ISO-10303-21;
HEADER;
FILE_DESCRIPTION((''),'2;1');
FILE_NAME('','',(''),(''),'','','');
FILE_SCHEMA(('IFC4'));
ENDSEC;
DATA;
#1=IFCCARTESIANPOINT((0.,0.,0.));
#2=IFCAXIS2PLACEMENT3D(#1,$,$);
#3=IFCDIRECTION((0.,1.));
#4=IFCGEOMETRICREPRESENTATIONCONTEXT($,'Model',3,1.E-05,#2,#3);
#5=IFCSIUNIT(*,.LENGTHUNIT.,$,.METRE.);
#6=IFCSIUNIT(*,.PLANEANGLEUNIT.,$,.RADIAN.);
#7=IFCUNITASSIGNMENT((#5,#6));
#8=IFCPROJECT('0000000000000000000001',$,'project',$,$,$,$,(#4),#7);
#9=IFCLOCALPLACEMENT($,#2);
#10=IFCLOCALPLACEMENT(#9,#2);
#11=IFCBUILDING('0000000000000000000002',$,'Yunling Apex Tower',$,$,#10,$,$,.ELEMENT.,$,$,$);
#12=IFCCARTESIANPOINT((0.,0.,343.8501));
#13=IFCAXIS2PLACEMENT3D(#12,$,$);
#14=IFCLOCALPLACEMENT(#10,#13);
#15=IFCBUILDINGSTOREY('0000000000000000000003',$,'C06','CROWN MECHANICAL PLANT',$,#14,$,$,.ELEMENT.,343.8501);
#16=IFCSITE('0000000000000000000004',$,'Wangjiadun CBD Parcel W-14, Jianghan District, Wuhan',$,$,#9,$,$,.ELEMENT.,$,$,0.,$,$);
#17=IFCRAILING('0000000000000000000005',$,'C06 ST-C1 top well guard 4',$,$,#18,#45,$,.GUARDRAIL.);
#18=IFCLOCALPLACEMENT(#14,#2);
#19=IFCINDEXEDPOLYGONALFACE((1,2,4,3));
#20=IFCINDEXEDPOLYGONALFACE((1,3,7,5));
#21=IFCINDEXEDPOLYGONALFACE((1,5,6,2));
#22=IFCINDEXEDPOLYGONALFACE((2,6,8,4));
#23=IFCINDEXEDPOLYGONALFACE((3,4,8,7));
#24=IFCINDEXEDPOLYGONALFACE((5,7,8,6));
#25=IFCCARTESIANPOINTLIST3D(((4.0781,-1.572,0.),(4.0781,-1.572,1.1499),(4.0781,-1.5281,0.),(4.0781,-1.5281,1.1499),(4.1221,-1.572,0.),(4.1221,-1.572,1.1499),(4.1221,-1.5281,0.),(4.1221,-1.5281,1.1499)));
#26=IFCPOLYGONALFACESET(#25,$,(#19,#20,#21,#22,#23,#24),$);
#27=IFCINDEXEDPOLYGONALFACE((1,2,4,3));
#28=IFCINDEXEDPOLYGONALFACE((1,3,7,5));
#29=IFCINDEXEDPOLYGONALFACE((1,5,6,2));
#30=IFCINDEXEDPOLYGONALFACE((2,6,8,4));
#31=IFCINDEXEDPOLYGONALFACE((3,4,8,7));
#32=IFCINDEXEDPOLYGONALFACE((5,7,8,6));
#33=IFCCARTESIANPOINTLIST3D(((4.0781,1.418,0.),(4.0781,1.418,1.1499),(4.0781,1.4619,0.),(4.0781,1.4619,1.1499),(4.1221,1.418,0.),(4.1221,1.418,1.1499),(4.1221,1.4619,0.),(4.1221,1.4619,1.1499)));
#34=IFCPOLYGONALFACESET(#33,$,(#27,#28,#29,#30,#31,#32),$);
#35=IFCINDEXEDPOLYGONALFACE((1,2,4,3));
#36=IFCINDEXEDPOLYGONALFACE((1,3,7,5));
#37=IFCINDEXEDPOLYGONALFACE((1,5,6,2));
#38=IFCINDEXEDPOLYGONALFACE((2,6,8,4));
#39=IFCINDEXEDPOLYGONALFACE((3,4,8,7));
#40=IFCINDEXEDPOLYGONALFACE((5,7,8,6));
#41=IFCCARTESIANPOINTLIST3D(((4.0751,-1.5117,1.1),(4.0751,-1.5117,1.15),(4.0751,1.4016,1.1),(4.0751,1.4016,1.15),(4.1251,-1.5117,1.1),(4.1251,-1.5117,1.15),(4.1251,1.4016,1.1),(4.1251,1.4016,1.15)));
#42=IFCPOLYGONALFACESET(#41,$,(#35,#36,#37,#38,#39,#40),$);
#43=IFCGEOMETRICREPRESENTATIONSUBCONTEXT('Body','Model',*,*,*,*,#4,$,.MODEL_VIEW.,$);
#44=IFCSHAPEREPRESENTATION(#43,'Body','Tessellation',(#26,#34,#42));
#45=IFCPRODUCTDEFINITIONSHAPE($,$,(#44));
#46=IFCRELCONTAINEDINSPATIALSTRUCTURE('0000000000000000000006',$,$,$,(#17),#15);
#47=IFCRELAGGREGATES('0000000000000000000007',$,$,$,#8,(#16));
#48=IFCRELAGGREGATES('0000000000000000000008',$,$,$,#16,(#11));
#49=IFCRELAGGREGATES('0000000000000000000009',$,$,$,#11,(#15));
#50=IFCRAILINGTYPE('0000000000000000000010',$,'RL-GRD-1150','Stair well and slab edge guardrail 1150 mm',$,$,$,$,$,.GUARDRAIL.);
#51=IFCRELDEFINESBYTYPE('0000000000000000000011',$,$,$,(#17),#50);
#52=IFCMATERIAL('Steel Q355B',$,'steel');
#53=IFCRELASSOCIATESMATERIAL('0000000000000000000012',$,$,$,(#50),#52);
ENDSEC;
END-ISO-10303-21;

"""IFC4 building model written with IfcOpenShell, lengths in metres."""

from ifc_helpers import new_model, si_unit, direction, frame, origin, origin_2d, place, context, subcontext, project, spatial, rectangle, extrude, material, type_object, element, save


model = new_model("IFC4")

# Units and contexts
model_context = context("Model", 3, precision=1e-05, world=origin(), true_north=direction((0.0, 1.0)))
body_context = subcontext(model_context, "Body", "Model", "MODEL_VIEW")
ifc_project = project(units=[si_unit("LENGTHUNIT", "METRE"), si_unit("PLANEANGLEUNIT", "RADIAN")], contexts=[model_context])

# Site, building, storey
site_placement = place(None, origin())
site = spatial("IfcSite", under=ifc_project, at=site_placement, Name="Wangjiadun CBD Parcel W-14, Jianghan District, Wuhan", CompositionType="ELEMENT", RefElevation=0.0)
building_placement = place(site_placement, origin())
building = spatial("IfcBuilding", under=site, at=building_placement, Name="Yunling Apex Tower", CompositionType="ELEMENT")
storey_placement = place(building_placement, frame((0.0, 0.0, 343.8501)))
storey = spatial("IfcBuildingStorey", under=building, at=storey_placement, Name="C06", Description="CROWN MECHANICAL PLANT", CompositionType="ELEMENT", Elevation=343.8501)

# Shared definitions
ifc_material_1 = material(Name="Steel Q355B", Category="steel")

# Railing
railing_type_1 = type_object("IfcRailingType", Name="RL-GRD-1150", Description="Stair well and slab edge guardrail 1150 mm", PredefinedType="GUARDRAIL", material=ifc_material_1)
railing_1_placement = place(storey_placement, frame((4.1001, -1.55, 0.0)))
element("IfcRailing", 1, at=railing_1_placement, inside=storey, type_object=railing_type_1, Name="C06 ST-C1 top well guard 4", PredefinedType="GUARDRAIL", context=body_context, shape_type="SweptSolid", body=[
    extrude(rectangle(XDim=0.0439, YDim=0.0439, at=origin_2d()), origin(), (0.0, 0.0, 1.0), 1.1499),
    extrude(rectangle(XDim=0.0439, YDim=0.0439, at=origin_2d()), frame((0.0, 2.99, 0.0)), (0.0, 0.0, 1.0), 1.1499),
    extrude(rectangle(XDim=0.05, YDim=0.05, at=origin_2d()), frame((0.0, 0.0383, 1.125), z_axis=(0.0, 1.0, 0.0), x_axis=(-1.0, 0.0, 0.0)), (0.0, 0.0, 1.0), 2.9133),
])

save(model, "model.ifc")
